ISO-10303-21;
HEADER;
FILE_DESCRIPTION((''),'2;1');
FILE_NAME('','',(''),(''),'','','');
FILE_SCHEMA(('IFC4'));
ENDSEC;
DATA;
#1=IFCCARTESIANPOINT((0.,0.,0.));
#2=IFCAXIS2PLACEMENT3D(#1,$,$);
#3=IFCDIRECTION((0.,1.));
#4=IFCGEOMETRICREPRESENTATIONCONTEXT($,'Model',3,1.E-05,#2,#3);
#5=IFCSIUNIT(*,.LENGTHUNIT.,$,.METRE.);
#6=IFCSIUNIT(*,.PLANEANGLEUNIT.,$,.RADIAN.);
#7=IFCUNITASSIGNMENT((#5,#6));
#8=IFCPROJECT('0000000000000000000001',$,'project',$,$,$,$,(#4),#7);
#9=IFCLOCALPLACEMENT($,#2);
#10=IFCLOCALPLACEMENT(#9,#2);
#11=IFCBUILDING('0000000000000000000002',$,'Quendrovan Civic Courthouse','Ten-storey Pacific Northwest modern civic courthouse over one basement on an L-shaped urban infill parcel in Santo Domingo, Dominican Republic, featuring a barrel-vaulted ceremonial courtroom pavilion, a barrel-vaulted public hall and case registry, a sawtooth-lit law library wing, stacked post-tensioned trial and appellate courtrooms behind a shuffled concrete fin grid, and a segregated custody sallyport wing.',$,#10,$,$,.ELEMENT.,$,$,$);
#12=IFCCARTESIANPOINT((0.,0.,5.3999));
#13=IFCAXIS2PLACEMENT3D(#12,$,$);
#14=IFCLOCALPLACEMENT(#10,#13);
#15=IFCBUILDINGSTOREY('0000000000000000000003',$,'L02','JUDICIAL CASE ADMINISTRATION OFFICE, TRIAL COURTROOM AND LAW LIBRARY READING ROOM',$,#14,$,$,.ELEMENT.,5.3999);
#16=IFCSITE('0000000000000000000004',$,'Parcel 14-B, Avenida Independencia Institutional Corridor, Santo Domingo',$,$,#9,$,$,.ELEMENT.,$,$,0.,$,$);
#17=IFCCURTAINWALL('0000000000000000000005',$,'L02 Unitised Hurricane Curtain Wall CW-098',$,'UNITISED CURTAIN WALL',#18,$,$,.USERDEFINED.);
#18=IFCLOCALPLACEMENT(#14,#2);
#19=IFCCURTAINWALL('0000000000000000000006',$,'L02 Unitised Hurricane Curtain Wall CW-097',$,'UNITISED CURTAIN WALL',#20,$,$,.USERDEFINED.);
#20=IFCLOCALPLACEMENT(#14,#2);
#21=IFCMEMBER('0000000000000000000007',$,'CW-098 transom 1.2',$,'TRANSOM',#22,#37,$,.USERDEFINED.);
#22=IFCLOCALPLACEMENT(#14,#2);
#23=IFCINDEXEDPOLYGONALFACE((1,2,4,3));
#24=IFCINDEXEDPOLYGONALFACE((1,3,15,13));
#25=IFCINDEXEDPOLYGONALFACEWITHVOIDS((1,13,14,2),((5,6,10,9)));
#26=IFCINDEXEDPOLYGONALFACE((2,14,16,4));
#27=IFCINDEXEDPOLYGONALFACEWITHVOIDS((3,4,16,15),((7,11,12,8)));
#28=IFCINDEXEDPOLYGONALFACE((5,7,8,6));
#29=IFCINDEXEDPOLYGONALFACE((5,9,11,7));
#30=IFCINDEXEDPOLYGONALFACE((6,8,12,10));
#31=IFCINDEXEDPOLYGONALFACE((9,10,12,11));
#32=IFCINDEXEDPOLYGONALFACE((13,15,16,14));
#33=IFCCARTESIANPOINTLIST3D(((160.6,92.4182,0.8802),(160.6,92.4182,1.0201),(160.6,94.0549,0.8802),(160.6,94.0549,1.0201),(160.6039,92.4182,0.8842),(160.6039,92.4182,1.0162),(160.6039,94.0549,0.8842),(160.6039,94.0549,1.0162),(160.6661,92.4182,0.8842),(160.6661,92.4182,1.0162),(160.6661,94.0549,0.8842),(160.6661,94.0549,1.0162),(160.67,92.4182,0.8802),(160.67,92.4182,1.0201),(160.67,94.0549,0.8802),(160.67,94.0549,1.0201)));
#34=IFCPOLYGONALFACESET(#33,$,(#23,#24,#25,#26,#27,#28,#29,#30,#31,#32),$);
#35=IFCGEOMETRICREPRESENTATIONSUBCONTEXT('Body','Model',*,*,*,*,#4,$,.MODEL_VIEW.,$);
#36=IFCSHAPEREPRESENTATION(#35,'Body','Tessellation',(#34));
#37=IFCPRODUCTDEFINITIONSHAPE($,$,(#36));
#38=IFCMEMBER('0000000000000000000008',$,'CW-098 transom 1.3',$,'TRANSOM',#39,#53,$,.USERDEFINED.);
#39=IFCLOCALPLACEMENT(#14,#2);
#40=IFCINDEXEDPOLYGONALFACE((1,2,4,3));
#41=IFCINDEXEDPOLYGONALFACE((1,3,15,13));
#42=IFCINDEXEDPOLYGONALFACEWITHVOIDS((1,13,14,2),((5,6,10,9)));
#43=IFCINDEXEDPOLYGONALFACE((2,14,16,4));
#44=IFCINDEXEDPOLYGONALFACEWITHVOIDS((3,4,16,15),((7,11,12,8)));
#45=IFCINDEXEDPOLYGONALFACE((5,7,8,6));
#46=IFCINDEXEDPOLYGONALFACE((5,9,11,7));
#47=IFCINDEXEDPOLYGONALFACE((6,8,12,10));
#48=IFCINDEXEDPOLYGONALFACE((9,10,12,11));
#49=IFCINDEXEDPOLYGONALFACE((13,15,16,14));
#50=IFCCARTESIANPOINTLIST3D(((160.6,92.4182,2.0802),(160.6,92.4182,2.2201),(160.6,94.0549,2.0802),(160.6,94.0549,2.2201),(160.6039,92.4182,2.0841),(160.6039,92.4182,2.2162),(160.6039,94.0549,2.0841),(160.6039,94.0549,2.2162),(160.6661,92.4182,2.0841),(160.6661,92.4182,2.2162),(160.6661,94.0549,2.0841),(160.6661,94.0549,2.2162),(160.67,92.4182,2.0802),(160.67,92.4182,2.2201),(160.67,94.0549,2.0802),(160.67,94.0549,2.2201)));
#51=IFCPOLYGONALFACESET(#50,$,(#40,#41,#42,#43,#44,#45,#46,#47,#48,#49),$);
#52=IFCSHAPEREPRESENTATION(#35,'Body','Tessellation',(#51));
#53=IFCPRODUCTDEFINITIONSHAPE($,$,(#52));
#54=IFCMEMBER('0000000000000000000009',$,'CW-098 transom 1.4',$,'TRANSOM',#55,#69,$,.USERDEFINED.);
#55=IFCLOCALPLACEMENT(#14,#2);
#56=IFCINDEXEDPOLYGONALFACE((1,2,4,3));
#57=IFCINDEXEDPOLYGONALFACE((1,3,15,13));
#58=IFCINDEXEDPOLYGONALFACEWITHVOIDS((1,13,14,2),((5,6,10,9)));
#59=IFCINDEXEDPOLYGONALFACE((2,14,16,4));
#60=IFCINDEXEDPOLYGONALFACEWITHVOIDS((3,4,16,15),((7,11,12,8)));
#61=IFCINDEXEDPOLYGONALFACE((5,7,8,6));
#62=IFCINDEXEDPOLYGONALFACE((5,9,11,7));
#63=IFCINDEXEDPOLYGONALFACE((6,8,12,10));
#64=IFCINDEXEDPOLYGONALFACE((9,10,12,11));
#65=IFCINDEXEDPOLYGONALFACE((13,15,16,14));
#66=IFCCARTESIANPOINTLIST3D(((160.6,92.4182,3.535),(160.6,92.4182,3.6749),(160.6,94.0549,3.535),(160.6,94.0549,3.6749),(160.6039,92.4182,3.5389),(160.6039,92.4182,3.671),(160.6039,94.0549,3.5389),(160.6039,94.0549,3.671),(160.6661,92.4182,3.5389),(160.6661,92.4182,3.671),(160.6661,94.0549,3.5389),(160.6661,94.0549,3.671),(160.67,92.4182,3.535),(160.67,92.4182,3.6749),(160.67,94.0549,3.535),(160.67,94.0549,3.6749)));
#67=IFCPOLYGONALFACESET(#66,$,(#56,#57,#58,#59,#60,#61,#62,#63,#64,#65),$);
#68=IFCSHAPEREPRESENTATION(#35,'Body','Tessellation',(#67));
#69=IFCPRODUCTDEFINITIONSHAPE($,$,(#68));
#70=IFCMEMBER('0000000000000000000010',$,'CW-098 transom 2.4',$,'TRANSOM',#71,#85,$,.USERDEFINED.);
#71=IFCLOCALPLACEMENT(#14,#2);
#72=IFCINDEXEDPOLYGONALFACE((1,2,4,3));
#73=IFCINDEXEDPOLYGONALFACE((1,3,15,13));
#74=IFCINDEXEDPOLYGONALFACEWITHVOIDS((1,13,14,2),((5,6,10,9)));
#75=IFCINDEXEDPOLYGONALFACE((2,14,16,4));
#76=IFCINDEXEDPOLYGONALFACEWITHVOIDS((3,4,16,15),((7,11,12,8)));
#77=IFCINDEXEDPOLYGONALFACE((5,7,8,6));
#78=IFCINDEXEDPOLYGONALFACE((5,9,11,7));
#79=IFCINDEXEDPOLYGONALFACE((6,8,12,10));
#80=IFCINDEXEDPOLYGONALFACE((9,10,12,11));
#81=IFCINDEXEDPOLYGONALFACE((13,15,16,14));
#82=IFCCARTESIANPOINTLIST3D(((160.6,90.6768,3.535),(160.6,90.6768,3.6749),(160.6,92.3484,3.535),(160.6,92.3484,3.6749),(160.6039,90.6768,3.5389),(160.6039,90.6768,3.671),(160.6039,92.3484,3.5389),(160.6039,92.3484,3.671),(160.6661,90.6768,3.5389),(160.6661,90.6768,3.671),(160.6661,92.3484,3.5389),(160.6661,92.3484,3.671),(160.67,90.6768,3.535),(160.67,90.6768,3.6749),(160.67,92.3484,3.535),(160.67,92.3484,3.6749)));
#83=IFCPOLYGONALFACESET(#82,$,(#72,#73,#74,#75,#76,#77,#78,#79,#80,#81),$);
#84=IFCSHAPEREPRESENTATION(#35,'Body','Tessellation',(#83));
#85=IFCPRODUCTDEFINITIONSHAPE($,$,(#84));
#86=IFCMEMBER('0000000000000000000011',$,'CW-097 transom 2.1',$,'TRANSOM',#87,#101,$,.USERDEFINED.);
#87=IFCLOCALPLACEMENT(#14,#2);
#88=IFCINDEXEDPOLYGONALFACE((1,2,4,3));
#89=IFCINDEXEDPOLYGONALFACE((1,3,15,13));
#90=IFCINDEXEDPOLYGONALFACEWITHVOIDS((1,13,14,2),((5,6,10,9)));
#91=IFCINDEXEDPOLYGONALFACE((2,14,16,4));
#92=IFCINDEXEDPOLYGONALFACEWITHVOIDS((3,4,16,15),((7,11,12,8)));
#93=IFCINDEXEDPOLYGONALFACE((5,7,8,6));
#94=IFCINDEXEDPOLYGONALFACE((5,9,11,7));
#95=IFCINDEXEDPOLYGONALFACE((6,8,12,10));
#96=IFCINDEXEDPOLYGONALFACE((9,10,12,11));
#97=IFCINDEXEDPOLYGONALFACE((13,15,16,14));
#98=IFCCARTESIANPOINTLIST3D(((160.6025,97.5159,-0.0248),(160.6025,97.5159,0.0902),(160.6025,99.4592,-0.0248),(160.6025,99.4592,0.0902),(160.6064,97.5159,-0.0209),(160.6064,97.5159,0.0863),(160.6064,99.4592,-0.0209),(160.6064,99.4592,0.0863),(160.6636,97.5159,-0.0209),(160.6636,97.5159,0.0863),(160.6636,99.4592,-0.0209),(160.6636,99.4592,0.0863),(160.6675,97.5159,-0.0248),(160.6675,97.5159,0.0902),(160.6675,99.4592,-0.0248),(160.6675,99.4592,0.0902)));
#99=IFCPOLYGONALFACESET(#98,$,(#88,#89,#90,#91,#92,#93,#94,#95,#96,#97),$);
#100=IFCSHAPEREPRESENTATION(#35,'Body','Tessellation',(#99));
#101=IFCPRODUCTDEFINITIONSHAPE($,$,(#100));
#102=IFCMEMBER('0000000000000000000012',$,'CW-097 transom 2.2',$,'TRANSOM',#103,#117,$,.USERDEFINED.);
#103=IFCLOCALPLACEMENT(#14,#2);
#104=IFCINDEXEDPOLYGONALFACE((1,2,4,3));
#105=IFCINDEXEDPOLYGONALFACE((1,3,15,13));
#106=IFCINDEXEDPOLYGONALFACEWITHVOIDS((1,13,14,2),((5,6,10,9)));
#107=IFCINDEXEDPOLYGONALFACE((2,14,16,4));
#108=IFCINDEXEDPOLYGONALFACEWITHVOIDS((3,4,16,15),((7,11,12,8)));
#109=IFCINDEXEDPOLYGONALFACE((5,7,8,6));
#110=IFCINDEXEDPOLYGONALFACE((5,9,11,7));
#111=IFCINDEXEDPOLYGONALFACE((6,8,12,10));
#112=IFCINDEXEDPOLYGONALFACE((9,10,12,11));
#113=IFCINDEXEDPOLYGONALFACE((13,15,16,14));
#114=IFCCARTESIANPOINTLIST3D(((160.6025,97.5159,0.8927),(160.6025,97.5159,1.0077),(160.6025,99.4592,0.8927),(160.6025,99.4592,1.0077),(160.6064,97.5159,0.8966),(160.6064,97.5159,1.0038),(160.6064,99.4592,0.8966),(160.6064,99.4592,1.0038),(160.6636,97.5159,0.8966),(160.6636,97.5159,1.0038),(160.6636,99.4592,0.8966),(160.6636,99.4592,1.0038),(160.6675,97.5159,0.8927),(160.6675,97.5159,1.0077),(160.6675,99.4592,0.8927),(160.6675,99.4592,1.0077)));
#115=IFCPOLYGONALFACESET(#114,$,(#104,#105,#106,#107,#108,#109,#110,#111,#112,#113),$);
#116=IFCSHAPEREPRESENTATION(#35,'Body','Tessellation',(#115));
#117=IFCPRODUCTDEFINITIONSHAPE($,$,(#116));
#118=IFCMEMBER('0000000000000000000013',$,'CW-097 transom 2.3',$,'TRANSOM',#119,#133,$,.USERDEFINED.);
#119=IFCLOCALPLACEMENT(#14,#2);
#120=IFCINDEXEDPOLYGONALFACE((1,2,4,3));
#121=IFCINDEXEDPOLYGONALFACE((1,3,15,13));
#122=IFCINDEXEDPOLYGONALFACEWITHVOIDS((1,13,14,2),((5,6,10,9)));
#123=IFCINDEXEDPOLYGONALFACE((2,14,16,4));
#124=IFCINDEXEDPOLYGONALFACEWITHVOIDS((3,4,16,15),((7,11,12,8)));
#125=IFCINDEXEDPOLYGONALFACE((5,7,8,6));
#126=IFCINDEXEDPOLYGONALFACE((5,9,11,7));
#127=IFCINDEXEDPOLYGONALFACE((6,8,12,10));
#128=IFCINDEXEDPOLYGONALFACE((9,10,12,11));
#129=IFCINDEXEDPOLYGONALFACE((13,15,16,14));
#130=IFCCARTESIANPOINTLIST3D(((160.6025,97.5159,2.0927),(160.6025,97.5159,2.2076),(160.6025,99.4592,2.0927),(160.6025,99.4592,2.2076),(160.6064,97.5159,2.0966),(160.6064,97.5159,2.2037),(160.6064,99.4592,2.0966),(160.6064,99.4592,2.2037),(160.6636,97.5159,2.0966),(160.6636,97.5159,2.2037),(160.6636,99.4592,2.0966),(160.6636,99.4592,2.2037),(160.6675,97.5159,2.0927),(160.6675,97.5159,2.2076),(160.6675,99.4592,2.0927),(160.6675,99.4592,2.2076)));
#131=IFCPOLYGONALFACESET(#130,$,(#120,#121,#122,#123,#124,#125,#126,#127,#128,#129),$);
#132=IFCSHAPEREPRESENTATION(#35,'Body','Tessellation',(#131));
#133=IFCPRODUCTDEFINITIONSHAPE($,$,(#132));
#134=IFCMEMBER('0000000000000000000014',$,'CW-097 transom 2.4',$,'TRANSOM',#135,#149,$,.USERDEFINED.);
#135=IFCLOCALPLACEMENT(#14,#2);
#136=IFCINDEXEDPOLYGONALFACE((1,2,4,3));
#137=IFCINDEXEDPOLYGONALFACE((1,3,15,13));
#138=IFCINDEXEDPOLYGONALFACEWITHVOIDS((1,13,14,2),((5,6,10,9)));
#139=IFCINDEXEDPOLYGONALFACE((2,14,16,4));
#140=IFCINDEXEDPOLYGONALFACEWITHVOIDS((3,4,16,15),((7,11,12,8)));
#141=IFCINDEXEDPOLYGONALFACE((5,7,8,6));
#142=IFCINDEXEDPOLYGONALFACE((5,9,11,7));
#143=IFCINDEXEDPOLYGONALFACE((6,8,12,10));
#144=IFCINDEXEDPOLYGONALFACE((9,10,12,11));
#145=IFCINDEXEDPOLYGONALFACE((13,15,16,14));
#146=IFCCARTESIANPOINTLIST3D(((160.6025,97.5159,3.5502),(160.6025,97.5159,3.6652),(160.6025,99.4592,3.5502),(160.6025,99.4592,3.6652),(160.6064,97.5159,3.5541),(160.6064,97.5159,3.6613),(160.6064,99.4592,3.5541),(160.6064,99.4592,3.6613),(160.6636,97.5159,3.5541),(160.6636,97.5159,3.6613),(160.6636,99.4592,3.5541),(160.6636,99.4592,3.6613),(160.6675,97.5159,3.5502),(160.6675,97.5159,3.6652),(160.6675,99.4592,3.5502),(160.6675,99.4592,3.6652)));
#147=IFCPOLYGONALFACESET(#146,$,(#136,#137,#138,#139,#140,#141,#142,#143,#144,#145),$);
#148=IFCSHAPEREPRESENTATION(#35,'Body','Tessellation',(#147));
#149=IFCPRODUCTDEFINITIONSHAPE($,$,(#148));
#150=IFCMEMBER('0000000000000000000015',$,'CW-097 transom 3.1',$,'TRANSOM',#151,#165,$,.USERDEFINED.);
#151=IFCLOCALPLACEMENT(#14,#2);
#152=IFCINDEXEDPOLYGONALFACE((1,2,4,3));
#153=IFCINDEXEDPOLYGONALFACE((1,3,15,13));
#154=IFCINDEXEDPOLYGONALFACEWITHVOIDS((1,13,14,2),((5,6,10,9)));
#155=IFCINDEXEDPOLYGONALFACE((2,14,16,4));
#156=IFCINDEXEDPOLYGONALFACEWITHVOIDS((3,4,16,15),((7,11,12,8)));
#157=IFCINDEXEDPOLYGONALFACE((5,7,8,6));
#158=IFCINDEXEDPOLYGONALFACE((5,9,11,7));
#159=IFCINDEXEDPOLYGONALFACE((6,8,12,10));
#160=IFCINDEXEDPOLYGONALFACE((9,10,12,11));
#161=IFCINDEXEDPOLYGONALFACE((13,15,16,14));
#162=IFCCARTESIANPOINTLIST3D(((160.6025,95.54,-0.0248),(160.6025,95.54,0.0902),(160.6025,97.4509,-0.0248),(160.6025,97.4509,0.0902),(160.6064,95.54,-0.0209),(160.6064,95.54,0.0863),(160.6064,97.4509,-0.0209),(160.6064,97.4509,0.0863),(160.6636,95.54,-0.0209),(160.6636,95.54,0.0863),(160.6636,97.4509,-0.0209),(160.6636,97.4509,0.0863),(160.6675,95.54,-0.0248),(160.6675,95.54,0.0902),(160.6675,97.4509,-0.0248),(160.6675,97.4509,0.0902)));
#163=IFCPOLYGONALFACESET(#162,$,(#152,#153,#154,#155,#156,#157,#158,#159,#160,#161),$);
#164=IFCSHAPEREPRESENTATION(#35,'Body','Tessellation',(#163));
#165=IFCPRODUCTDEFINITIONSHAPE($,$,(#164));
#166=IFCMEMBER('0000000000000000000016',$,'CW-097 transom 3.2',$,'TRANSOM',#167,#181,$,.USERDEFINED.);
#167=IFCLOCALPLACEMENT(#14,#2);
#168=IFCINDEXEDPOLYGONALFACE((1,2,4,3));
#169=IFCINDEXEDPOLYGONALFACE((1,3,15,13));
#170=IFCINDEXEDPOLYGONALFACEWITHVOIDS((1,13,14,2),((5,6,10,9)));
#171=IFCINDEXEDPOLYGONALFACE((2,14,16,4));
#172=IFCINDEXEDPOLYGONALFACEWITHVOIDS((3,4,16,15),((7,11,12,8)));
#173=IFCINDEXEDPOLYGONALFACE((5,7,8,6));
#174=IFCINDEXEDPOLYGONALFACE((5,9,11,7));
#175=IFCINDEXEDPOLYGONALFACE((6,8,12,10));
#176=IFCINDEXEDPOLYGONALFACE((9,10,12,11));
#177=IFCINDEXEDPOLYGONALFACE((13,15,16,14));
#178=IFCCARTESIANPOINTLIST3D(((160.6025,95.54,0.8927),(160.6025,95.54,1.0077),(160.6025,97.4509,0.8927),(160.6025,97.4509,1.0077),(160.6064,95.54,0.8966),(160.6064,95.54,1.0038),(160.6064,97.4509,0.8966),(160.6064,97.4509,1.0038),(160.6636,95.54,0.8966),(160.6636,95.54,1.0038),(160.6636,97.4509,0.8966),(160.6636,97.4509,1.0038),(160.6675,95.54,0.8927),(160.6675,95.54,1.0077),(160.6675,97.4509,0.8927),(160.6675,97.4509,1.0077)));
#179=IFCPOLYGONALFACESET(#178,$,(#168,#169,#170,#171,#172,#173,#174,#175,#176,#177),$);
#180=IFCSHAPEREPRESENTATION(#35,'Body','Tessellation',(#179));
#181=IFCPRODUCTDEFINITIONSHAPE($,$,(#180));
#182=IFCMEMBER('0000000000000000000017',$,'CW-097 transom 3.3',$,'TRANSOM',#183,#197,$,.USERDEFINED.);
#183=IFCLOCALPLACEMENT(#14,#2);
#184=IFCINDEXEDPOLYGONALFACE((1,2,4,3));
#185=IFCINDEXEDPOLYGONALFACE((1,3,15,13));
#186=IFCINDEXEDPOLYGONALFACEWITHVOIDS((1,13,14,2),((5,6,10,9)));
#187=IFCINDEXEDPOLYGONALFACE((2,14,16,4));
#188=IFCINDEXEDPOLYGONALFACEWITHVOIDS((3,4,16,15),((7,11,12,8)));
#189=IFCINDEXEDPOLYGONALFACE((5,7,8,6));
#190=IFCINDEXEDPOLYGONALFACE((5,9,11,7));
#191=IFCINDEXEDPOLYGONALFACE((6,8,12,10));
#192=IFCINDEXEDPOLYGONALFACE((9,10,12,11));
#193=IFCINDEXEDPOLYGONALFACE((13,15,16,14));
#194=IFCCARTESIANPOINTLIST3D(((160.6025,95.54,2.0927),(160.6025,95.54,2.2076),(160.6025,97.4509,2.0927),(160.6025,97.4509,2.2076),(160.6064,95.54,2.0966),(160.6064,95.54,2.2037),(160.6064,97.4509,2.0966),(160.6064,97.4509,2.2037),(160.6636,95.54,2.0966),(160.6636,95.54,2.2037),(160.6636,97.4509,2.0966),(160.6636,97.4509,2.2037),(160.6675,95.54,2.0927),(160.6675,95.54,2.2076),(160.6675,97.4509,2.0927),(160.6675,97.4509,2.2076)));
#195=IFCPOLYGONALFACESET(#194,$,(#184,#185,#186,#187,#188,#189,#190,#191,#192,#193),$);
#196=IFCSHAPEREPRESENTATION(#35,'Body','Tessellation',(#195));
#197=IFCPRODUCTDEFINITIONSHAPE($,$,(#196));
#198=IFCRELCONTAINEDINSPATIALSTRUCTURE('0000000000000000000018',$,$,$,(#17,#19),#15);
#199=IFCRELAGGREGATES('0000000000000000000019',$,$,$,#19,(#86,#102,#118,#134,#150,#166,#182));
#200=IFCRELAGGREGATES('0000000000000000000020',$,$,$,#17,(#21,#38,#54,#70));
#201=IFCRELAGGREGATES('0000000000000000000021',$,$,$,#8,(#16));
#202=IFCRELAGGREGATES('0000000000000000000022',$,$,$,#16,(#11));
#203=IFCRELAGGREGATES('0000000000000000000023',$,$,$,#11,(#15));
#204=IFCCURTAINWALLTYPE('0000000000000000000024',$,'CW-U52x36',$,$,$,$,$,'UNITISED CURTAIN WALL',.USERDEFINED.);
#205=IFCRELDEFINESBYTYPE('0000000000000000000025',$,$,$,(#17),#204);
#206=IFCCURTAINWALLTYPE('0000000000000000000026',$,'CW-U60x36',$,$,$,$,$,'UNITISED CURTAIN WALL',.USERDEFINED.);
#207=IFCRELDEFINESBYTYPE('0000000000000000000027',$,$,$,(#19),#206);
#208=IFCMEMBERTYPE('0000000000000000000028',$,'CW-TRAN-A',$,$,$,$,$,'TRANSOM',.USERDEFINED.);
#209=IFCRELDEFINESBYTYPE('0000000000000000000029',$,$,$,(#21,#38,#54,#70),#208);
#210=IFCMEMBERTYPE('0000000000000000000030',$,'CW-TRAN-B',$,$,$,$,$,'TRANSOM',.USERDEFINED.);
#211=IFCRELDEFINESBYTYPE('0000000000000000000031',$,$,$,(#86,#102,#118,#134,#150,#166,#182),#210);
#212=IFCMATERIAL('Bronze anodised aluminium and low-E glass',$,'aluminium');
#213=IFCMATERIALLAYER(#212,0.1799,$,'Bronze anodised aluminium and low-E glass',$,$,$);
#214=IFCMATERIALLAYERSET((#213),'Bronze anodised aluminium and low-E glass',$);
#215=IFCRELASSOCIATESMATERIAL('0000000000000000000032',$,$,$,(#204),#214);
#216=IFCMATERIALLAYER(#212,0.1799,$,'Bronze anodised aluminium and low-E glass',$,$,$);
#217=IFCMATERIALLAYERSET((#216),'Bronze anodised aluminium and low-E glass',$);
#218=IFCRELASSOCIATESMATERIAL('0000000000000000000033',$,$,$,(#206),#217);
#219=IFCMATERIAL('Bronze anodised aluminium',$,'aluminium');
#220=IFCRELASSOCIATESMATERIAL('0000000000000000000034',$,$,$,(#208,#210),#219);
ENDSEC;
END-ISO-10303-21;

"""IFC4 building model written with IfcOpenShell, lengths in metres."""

from ifc_helpers import new_model, si_unit, direction, frame, origin, origin_2d, place, context, subcontext, project, spatial, hollow_rectangle, extrude, material, layer, layer_set, material_profile, profile_set, type_object, element, aggregate, save


model = new_model("IFC4")

# Units and contexts
model_context = context("Model", 3, precision=1e-05, world=origin(), true_north=direction((0.0, 1.0)))
body_context = subcontext(model_context, "Body", "Model", "MODEL_VIEW")
ifc_project = project(units=[si_unit("LENGTHUNIT", "METRE"), si_unit("PLANEANGLEUNIT", "RADIAN")], contexts=[model_context])

# Site, building, storey
site_placement = place(None, origin())
site = spatial("IfcSite", under=ifc_project, at=site_placement, Name="Parcel 14-B, Avenida Independencia Institutional Corridor, Santo Domingo", CompositionType="ELEMENT", RefElevation=0.0)
building_placement = place(site_placement, origin())
building = spatial("IfcBuilding", under=site, at=building_placement, Name="Quendrovan Civic Courthouse", Description="Ten-storey Pacific Northwest modern civic courthouse over one basement on an L-shaped urban infill parcel in Santo Domingo, Dominican Republic, featuring a barrel-vaulted ceremonial courtroom pavilion, a barrel-vaulted public hall and case registry, a sawtooth-lit law library wing, stacked post-tensioned trial and appellate courtrooms behind a shuffled concrete fin grid, and a segregated custody sallyport wing.", CompositionType="ELEMENT")
storey_placement = place(building_placement, frame((0.0, 0.0, 5.3999)))
storey = spatial("IfcBuildingStorey", under=building, at=storey_placement, Name="L02", Description="JUDICIAL CASE ADMINISTRATION OFFICE, TRIAL COURTROOM AND LAW LIBRARY READING ROOM", CompositionType="ELEMENT", Elevation=5.3999)

# Curtain walls
ifc_material_1 = material(Name="Bronze anodised aluminium and low-E glass", Category="aluminium")
ifc_layer_1 = layer(ifc_material_1, 0.1799, Name="Bronze anodised aluminium and low-E glass")
ifc_layer_set_1 = layer_set([ifc_layer_1], Name="Bronze anodised aluminium and low-E glass")
curtain_wall_type_1 = type_object("IfcCurtainWallType", Name="CW-U52x36", ElementType="UNITISED CURTAIN WALL", PredefinedType="USERDEFINED", material=ifc_layer_set_1)
curtain_wall_1_placement = place(storey_placement, origin())
curtain_wall_1 = element("IfcCurtainWall", 1, at=curtain_wall_1_placement, inside=storey, type_object=curtain_wall_type_1, Name="L02 Unitised Hurricane Curtain Wall CW-098", ObjectType="UNITISED CURTAIN WALL", PredefinedType="USERDEFINED")
ifc_material_2 = material(Name="Bronze anodised aluminium", Category="aluminium")
ifc_layer_2 = layer(ifc_material_1, 0.1799, Name="Bronze anodised aluminium and low-E glass")
ifc_layer_set_2 = layer_set([ifc_layer_2], Name="Bronze anodised aluminium and low-E glass")
curtain_wall_type_2 = type_object("IfcCurtainWallType", Name="CW-U60x36", ElementType="UNITISED CURTAIN WALL", PredefinedType="USERDEFINED", material=ifc_layer_set_2)
curtain_wall_2_placement = place(storey_placement, origin())
curtain_wall_2 = element("IfcCurtainWall", 2, at=curtain_wall_2_placement, inside=storey, type_object=curtain_wall_type_2, Name="L02 Unitised Hurricane Curtain Wall CW-097", ObjectType="UNITISED CURTAIN WALL", PredefinedType="USERDEFINED")

# Members
ifc_material_profile_1 = material_profile(ifc_material_2, hollow_rectangle(XDim=0.0701, YDim=0.1399, WallThickness=0.0039, at=origin_2d()), Name="CW-TRAN-70x140")
ifc_profile_set_1 = profile_set([ifc_material_profile_1], Name="Bronze anodised aluminium")
member_type_1 = type_object("IfcMemberType", Name="CW-TRAN-A", ElementType="TRANSOM", PredefinedType="USERDEFINED", material=ifc_profile_set_1)
member_1_placement = place(storey_placement, frame((160.635, 94.0549, 0.9502), z_axis=(0.0, -1.0, 0.0), x_axis=(1.0, 0.0, 0.0)))
member_1 = element("IfcMember", 3, at=member_1_placement, type_object=member_type_1, Name="CW-098 transom 1.2", ObjectType="TRANSOM", PredefinedType="USERDEFINED", context=body_context, shape_type="SweptSolid", body=[
    extrude(hollow_rectangle(XDim=0.0701, YDim=0.1399, WallThickness=0.0039, at=origin_2d()), origin(), (0.0, 0.0, 1.0), 1.6367),
])
member_2_placement = place(storey_placement, frame((160.635, 94.0549, 2.1501), z_axis=(0.0, -1.0, 0.0), x_axis=(1.0, 0.0, 0.0)))
member_2 = element("IfcMember", 4, at=member_2_placement, type_object=member_type_1, Name="CW-098 transom 1.3", ObjectType="TRANSOM", PredefinedType="USERDEFINED", context=body_context, shape_type="SweptSolid", body=[
    extrude(hollow_rectangle(XDim=0.0701, YDim=0.1399, WallThickness=0.0039, at=origin_2d()), origin(), (0.0, 0.0, 1.0), 1.6367),
])
member_3_placement = place(storey_placement, frame((160.635, 94.0549, 3.605), z_axis=(0.0, -1.0, 0.0), x_axis=(1.0, 0.0, 0.0)))
member_3 = element("IfcMember", 5, at=member_3_placement, type_object=member_type_1, Name="CW-098 transom 1.4", ObjectType="TRANSOM", PredefinedType="USERDEFINED", context=body_context, shape_type="SweptSolid", body=[
    extrude(hollow_rectangle(XDim=0.0701, YDim=0.1399, WallThickness=0.0039, at=origin_2d()), origin(), (0.0, 0.0, 1.0), 1.6367),
])
member_4_placement = place(storey_placement, frame((160.635, 92.3484, 3.605), z_axis=(0.0, -1.0, 0.0), x_axis=(1.0, 0.0, 0.0)))
member_4 = element("IfcMember", 6, at=member_4_placement, type_object=member_type_1, Name="CW-098 transom 2.4", ObjectType="TRANSOM", PredefinedType="USERDEFINED", context=body_context, shape_type="SweptSolid", body=[
    extrude(hollow_rectangle(XDim=0.0701, YDim=0.1399, WallThickness=0.0039, at=origin_2d()), origin(), (0.0, 0.0, 1.0), 1.6716),
])
ifc_material_profile_2 = material_profile(ifc_material_2, hollow_rectangle(XDim=0.0649, YDim=0.115, WallThickness=0.0039, at=origin_2d()), Name="CW-TRAN-65x115")
ifc_profile_set_2 = profile_set([ifc_material_profile_2], Name="Bronze anodised aluminium")
member_type_2 = type_object("IfcMemberType", Name="CW-TRAN-B", ElementType="TRANSOM", PredefinedType="USERDEFINED", material=ifc_profile_set_2)
member_5_placement = place(storey_placement, frame((160.635, 99.4592, 0.0327), z_axis=(0.0, -1.0, 0.0), x_axis=(1.0, 0.0, 0.0)))
member_5 = element("IfcMember", 7, at=member_5_placement, type_object=member_type_2, Name="CW-097 transom 2.1", ObjectType="TRANSOM", PredefinedType="USERDEFINED", context=body_context, shape_type="SweptSolid", body=[
    extrude(hollow_rectangle(XDim=0.0649, YDim=0.115, WallThickness=0.0039, at=origin_2d()), origin(), (0.0, 0.0, 1.0), 1.9434),
])
member_6_placement = place(storey_placement, frame((160.635, 99.4592, 0.9502), z_axis=(0.0, -1.0, 0.0), x_axis=(1.0, 0.0, 0.0)))
member_6 = element("IfcMember", 8, at=member_6_placement, type_object=member_type_2, Name="CW-097 transom 2.2", ObjectType="TRANSOM", PredefinedType="USERDEFINED", context=body_context, shape_type="SweptSolid", body=[
    extrude(hollow_rectangle(XDim=0.0649, YDim=0.115, WallThickness=0.0039, at=origin_2d()), origin(), (0.0, 0.0, 1.0), 1.9434),
])
member_7_placement = place(storey_placement, frame((160.635, 99.4592, 2.1501), z_axis=(0.0, -1.0, 0.0), x_axis=(1.0, 0.0, 0.0)))
member_7 = element("IfcMember", 9, at=member_7_placement, type_object=member_type_2, Name="CW-097 transom 2.3", ObjectType="TRANSOM", PredefinedType="USERDEFINED", context=body_context, shape_type="SweptSolid", body=[
    extrude(hollow_rectangle(XDim=0.0649, YDim=0.115, WallThickness=0.0039, at=origin_2d()), origin(), (0.0, 0.0, 1.0), 1.9434),
])
member_8_placement = place(storey_placement, frame((160.635, 99.4592, 3.6077), z_axis=(0.0, -1.0, 0.0), x_axis=(1.0, 0.0, 0.0)))
member_8 = element("IfcMember", 10, at=member_8_placement, type_object=member_type_2, Name="CW-097 transom 2.4", ObjectType="TRANSOM", PredefinedType="USERDEFINED", context=body_context, shape_type="SweptSolid", body=[
    extrude(hollow_rectangle(XDim=0.0649, YDim=0.115, WallThickness=0.0039, at=origin_2d()), origin(), (0.0, 0.0, 1.0), 1.9434),
])
member_9_placement = place(storey_placement, frame((160.635, 97.4509, 0.0327), z_axis=(0.0, -1.0, 0.0), x_axis=(1.0, 0.0, 0.0)))
member_9 = element("IfcMember", 11, at=member_9_placement, type_object=member_type_2, Name="CW-097 transom 3.1", ObjectType="TRANSOM", PredefinedType="USERDEFINED", context=body_context, shape_type="SweptSolid", body=[
    extrude(hollow_rectangle(XDim=0.0649, YDim=0.115, WallThickness=0.0039, at=origin_2d()), origin(), (0.0, 0.0, 1.0), 1.9109),
])
member_10_placement = place(storey_placement, frame((160.635, 97.4509, 0.9502), z_axis=(0.0, -1.0, 0.0), x_axis=(1.0, 0.0, 0.0)))
member_10 = element("IfcMember", 12, at=member_10_placement, type_object=member_type_2, Name="CW-097 transom 3.2", ObjectType="TRANSOM", PredefinedType="USERDEFINED", context=body_context, shape_type="SweptSolid", body=[
    extrude(hollow_rectangle(XDim=0.0649, YDim=0.115, WallThickness=0.0039, at=origin_2d()), origin(), (0.0, 0.0, 1.0), 1.9109),
])
member_11_placement = place(storey_placement, frame((160.635, 97.4509, 2.1501), z_axis=(0.0, -1.0, 0.0), x_axis=(1.0, 0.0, 0.0)))
member_11 = element("IfcMember", 13, at=member_11_placement, type_object=member_type_2, Name="CW-097 transom 3.3", ObjectType="TRANSOM", PredefinedType="USERDEFINED", context=body_context, shape_type="SweptSolid", body=[
    extrude(hollow_rectangle(XDim=0.0649, YDim=0.115, WallThickness=0.0039, at=origin_2d()), origin(), (0.0, 0.0, 1.0), 1.9109),
])

aggregate(curtain_wall_2, [member_5, member_6, member_7, member_8, member_9, member_10, member_11])
aggregate(curtain_wall_1, [member_1, member_2, member_3, member_4])

save(model, "model.ifc")
